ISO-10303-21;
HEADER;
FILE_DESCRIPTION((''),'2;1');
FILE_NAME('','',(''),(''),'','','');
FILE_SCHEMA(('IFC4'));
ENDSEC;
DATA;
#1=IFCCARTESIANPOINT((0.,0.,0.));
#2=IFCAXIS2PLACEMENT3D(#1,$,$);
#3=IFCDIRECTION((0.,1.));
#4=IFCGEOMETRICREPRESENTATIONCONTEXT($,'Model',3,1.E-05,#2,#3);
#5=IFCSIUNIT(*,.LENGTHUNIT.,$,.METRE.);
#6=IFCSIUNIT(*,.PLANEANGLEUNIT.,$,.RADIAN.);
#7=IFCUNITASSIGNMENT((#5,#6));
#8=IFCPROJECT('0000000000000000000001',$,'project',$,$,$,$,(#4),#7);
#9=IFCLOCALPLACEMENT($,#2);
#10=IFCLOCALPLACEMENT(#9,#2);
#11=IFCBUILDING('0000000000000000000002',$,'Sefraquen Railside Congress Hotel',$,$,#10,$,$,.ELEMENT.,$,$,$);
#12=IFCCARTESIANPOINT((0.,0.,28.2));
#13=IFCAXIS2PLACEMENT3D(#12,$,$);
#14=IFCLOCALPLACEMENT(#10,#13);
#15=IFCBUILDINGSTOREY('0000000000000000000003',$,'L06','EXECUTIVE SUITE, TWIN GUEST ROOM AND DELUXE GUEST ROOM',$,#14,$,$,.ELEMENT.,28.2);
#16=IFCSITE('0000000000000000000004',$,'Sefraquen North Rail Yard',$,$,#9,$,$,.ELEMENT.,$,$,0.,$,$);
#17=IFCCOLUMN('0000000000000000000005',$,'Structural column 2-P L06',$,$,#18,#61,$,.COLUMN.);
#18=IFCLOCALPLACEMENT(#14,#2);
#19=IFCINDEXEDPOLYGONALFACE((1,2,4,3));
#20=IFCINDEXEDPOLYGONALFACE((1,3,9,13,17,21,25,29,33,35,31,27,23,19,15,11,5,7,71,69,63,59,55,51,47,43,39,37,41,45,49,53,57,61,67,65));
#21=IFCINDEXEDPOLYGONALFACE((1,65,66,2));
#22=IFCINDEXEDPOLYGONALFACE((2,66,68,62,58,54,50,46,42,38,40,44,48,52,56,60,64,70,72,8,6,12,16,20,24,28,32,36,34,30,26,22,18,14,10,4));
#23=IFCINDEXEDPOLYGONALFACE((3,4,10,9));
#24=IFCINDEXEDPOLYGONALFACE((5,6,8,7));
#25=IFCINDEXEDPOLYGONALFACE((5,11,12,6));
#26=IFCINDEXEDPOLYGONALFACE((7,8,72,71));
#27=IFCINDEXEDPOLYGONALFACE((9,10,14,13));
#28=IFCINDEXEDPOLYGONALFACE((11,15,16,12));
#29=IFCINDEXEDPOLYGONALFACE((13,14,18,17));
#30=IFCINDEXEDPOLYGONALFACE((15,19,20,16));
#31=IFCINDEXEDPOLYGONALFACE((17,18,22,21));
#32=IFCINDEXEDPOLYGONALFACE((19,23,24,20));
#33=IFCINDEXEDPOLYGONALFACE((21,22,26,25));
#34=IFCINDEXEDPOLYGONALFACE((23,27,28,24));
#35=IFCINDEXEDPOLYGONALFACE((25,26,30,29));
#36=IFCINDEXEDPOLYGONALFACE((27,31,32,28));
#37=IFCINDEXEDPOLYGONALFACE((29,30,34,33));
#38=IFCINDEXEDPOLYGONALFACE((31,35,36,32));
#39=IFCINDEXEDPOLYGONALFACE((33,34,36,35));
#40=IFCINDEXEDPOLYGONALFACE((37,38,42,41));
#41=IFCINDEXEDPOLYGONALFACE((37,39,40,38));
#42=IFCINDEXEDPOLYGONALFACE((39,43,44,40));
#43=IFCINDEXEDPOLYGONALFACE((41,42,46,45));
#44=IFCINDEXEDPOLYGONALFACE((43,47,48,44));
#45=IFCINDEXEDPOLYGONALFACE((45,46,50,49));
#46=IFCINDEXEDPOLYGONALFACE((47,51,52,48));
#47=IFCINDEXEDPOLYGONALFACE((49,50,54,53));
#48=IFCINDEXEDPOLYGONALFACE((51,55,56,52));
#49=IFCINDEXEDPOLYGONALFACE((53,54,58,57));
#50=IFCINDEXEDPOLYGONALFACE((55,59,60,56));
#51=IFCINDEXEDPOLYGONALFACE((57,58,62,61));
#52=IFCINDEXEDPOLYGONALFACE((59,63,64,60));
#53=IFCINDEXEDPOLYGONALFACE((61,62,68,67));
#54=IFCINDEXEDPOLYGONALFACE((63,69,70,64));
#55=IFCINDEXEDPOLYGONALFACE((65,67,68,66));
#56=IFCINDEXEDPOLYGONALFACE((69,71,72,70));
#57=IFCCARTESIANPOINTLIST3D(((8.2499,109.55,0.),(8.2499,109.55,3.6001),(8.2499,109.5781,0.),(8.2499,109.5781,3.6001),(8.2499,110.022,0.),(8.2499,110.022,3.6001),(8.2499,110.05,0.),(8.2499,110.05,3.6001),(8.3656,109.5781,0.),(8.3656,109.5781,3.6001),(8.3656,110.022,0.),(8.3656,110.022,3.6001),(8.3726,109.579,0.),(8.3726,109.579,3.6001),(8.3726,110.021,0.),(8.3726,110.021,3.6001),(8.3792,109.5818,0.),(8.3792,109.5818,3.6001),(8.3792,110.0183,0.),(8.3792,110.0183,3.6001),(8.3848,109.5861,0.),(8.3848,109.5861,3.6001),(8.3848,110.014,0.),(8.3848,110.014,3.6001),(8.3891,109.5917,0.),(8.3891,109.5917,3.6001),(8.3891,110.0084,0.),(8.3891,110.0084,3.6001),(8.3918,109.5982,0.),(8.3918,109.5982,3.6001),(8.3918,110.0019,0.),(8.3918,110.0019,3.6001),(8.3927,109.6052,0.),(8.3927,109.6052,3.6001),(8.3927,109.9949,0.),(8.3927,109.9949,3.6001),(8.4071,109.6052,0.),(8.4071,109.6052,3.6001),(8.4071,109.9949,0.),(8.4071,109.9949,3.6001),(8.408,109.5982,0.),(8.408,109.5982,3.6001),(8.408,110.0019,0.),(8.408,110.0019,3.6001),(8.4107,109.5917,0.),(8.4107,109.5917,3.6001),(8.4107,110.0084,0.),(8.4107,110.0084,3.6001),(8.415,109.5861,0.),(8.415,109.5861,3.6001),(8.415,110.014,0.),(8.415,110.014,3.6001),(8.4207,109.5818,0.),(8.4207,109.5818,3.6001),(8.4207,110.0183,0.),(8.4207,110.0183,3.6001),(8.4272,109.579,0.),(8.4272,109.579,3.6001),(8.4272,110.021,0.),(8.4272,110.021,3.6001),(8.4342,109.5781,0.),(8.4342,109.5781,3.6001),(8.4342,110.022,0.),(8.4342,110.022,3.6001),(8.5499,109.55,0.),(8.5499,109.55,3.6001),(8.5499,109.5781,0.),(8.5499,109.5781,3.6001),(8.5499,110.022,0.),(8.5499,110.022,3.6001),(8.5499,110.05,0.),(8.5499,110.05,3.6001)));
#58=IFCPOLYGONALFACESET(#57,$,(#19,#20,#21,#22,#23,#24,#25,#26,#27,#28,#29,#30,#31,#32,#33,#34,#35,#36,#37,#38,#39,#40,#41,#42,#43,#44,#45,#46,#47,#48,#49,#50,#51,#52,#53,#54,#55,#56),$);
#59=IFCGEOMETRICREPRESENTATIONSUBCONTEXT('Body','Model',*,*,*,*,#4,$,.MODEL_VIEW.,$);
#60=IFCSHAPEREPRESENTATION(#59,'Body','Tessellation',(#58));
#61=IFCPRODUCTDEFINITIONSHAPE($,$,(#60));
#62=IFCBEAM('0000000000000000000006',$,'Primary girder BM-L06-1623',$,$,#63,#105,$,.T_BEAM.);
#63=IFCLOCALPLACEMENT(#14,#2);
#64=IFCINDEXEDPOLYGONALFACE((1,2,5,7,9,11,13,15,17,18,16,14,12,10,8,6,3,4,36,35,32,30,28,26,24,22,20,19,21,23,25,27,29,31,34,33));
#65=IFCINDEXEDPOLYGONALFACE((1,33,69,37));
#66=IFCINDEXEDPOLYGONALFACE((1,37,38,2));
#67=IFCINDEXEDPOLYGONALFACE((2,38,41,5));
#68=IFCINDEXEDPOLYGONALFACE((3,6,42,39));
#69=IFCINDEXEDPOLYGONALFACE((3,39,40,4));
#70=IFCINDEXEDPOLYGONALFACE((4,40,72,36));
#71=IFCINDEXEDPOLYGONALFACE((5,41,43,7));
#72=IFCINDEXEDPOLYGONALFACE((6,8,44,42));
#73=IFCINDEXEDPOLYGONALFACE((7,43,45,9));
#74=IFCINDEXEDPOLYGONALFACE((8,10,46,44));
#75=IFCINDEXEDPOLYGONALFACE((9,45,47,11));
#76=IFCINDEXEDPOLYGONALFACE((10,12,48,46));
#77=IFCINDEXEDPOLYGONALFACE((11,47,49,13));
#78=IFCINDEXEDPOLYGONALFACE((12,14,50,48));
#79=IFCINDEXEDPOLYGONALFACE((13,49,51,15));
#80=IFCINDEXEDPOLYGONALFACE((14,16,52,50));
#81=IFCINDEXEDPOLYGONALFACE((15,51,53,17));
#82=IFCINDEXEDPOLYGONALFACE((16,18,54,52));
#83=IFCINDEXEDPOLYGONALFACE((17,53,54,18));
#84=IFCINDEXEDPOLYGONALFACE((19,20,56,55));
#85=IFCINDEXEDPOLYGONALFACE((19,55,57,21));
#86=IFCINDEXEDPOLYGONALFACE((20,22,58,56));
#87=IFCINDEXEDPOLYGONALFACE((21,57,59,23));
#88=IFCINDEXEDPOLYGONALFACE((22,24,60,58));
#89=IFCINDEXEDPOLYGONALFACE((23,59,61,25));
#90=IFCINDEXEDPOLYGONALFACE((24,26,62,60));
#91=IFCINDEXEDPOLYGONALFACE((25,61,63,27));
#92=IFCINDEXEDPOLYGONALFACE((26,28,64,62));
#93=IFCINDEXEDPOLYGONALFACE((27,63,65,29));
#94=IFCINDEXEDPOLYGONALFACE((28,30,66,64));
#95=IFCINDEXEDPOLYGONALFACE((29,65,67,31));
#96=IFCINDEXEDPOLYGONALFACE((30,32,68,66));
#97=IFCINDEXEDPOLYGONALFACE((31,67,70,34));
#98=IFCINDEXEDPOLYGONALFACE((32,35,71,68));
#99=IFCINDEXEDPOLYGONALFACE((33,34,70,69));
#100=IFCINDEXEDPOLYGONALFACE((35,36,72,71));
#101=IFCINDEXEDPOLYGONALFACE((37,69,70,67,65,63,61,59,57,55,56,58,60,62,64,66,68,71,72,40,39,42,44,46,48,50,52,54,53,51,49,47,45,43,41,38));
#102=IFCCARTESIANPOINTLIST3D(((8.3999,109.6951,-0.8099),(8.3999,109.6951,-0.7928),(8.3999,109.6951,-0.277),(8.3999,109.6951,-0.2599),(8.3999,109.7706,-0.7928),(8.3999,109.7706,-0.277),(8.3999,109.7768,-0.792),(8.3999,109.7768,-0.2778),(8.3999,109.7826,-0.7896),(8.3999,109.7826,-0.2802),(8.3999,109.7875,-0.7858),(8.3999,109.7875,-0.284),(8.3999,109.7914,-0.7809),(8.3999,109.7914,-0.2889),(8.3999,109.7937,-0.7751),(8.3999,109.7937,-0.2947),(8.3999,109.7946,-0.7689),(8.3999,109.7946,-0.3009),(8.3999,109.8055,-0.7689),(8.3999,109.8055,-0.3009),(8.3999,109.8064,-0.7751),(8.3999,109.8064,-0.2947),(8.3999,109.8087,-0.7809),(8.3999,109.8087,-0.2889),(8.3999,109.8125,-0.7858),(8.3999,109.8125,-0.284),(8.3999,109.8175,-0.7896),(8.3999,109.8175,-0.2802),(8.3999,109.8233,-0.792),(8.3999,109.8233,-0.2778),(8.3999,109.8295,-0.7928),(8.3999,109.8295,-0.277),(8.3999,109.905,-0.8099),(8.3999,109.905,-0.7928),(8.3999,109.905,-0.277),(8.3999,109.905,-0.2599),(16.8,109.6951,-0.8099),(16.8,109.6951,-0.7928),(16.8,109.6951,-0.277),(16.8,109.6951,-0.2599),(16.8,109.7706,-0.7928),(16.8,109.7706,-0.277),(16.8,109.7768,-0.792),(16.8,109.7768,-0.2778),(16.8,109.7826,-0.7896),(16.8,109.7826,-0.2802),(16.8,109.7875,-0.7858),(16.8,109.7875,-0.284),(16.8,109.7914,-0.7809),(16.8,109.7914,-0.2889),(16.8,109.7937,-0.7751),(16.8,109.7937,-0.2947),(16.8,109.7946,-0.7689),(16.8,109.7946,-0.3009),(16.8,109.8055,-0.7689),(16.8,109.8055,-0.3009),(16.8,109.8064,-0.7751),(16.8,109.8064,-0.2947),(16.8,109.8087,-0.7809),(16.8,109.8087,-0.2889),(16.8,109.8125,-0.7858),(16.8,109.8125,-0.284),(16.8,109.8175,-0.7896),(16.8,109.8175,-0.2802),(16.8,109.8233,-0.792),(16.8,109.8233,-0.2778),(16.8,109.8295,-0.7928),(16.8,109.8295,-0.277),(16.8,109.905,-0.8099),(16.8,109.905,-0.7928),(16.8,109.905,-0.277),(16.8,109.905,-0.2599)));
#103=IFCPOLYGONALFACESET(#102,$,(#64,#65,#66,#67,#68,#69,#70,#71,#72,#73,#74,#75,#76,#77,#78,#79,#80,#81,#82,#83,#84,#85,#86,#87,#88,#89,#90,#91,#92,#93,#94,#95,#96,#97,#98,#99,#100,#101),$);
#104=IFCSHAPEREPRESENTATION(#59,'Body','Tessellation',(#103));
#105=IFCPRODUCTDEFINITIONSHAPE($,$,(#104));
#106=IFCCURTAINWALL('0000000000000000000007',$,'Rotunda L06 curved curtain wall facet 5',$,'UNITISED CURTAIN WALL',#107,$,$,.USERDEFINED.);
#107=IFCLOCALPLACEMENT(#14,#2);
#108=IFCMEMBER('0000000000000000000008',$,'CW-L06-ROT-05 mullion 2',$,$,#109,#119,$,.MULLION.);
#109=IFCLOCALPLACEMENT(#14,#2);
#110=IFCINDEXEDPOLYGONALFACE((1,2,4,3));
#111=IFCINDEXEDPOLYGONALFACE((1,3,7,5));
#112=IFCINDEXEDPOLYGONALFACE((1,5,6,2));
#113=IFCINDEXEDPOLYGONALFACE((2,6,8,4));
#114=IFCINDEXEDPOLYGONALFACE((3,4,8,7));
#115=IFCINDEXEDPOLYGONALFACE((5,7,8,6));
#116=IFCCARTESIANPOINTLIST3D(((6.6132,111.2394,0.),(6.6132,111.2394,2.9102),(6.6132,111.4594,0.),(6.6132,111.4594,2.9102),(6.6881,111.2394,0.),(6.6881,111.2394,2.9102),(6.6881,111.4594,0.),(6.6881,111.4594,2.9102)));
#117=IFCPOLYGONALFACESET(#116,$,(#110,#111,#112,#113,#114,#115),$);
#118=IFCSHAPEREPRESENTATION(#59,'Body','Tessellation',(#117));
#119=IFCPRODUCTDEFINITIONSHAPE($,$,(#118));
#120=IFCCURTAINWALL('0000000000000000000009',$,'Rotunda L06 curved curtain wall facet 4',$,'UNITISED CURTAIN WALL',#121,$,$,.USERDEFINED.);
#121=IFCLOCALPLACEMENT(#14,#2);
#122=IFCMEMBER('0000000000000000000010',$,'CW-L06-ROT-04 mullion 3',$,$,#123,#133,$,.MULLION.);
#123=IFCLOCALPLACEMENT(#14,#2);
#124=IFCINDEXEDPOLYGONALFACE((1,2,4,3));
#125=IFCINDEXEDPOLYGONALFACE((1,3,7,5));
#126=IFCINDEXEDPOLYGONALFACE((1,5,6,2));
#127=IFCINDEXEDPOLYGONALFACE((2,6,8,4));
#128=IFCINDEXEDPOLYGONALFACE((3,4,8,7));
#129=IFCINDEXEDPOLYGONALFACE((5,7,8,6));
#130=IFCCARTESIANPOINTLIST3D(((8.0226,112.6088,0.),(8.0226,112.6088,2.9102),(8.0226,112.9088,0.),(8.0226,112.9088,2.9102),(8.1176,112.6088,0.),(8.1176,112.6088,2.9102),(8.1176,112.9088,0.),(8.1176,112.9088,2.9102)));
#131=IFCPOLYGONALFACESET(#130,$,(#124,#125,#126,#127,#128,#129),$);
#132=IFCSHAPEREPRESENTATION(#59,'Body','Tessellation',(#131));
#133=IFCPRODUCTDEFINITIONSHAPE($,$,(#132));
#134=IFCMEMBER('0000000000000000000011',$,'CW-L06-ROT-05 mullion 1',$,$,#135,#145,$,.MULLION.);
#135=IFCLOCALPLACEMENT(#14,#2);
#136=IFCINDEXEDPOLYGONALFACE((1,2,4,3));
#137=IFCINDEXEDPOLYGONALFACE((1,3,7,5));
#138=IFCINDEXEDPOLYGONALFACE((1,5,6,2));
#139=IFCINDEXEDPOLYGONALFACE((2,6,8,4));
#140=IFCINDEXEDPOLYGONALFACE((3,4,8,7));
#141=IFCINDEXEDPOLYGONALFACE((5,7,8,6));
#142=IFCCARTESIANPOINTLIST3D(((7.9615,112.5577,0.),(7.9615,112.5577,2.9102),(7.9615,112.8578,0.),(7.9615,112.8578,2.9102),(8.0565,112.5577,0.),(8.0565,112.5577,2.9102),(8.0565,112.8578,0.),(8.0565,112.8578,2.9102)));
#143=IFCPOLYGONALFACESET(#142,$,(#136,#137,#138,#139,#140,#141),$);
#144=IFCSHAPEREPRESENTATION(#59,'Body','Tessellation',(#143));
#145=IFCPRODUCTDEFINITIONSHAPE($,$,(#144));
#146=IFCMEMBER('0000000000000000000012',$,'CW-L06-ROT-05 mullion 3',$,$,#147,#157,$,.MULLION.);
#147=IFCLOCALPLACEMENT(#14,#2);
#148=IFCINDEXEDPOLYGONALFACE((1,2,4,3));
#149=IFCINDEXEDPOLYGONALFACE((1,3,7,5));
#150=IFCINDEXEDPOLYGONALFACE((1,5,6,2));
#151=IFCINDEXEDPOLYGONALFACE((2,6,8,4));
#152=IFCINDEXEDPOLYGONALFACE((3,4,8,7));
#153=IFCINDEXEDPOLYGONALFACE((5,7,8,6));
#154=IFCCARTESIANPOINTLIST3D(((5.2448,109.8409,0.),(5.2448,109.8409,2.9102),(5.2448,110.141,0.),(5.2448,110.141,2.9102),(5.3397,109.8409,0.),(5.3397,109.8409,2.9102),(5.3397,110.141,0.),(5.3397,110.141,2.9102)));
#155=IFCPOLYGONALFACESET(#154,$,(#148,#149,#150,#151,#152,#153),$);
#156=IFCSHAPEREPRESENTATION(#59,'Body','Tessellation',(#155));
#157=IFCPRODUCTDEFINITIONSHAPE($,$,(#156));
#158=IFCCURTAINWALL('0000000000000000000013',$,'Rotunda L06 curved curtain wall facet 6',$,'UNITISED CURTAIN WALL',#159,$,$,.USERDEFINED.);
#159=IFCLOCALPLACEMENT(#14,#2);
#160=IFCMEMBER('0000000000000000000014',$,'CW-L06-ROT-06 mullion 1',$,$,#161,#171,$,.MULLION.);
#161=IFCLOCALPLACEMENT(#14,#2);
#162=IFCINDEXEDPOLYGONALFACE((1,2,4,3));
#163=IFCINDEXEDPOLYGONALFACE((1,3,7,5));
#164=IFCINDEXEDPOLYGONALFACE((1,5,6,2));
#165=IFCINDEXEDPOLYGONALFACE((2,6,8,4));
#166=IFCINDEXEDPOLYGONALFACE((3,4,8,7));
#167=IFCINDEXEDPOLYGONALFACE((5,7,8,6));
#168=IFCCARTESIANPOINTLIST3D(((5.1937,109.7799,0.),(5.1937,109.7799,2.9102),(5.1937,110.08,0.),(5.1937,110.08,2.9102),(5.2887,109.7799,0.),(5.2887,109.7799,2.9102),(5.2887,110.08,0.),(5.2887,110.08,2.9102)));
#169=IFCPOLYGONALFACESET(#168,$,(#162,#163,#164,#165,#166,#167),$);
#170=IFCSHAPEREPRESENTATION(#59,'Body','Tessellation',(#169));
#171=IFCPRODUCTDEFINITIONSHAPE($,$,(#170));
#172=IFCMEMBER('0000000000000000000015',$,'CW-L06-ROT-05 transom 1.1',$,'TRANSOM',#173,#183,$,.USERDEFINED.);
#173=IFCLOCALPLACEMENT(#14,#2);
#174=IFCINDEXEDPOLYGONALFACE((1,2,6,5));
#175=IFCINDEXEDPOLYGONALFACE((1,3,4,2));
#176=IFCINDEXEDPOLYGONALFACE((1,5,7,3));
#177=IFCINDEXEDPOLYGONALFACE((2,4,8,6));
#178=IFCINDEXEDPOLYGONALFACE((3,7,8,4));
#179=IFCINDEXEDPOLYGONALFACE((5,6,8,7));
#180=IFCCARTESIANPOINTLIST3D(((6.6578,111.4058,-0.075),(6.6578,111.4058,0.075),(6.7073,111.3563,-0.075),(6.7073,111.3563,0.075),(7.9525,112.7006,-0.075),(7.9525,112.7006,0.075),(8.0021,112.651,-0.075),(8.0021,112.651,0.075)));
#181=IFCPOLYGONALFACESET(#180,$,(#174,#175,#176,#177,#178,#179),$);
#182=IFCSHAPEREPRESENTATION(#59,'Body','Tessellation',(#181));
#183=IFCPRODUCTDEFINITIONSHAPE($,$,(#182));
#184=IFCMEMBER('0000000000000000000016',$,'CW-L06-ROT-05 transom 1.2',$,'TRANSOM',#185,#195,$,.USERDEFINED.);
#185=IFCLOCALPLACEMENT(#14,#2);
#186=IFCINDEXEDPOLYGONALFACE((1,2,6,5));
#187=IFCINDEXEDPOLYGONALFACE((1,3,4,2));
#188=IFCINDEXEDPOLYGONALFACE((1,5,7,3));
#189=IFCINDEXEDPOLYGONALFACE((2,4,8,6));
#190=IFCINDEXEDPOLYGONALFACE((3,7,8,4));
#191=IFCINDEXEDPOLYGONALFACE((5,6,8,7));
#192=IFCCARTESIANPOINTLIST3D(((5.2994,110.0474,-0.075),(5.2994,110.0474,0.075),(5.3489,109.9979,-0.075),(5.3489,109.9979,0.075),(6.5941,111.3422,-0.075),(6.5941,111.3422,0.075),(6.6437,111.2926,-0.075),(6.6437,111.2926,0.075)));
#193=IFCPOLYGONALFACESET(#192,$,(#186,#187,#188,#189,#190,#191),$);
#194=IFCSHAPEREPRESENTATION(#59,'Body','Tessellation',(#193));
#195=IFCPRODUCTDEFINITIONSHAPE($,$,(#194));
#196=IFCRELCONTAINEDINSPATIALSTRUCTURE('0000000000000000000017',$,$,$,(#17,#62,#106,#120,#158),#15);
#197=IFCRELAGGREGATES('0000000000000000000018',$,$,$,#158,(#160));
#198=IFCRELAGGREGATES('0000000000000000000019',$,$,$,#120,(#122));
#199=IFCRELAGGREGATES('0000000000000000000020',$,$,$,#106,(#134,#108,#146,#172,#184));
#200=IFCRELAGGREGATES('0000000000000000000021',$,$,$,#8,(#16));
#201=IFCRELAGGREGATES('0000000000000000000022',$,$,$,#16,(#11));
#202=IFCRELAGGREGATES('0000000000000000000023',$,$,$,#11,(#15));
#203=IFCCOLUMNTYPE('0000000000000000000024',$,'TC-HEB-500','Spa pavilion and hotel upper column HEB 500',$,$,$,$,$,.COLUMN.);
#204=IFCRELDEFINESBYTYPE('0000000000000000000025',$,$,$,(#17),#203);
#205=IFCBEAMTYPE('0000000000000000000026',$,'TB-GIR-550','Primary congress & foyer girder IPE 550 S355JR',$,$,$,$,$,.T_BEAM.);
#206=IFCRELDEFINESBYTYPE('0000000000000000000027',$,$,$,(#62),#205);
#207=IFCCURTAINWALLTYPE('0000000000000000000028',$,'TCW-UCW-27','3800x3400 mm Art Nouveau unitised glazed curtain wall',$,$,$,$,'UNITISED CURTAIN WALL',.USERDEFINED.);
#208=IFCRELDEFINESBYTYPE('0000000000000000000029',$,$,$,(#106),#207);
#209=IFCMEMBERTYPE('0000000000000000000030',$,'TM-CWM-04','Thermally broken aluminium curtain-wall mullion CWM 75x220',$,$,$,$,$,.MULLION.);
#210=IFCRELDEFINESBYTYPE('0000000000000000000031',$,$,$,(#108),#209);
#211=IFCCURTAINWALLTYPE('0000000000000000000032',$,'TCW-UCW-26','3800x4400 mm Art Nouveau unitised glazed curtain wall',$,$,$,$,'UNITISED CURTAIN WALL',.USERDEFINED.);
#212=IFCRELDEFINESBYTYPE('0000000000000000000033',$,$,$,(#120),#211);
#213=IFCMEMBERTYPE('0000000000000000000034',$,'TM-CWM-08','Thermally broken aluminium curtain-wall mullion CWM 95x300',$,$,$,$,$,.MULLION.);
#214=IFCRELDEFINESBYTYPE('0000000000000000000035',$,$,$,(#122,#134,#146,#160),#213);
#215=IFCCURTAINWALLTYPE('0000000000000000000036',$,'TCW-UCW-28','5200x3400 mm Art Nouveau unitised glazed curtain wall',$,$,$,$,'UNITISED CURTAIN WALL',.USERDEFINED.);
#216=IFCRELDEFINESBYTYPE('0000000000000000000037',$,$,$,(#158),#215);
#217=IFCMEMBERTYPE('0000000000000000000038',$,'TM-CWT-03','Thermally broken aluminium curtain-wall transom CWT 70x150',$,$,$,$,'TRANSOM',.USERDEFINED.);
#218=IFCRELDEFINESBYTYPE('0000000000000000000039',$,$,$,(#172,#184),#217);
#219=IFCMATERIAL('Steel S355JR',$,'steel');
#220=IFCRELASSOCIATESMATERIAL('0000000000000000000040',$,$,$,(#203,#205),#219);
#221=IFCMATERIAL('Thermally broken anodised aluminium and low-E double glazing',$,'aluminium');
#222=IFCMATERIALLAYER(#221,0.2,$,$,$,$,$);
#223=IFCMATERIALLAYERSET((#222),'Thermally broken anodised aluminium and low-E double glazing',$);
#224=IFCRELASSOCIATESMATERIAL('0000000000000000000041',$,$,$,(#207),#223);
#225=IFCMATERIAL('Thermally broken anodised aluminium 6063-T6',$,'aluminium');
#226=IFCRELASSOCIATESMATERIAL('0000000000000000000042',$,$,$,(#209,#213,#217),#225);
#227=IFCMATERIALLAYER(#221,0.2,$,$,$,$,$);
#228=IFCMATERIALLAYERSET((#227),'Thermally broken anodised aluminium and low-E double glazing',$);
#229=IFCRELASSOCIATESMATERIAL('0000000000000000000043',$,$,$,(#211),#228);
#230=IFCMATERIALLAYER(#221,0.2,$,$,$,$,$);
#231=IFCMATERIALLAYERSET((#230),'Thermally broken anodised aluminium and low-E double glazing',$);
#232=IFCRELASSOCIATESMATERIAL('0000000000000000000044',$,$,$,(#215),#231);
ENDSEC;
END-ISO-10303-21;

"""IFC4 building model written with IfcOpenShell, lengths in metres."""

from ifc_helpers import new_model, si_unit, direction, frame, origin, origin_2d, place, context, subcontext, project, spatial, rectangle, i_section, extrude, material, layer, layer_set, material_profile, profile_set, type_object, element, aggregate, save


model = new_model("IFC4")

# Units and contexts
model_context = context("Model", 3, precision=1e-05, world=origin(), true_north=direction((0.0, 1.0)))
body_context = subcontext(model_context, "Body", "Model", "MODEL_VIEW")
ifc_project = project(units=[si_unit("LENGTHUNIT", "METRE"), si_unit("PLANEANGLEUNIT", "RADIAN")], contexts=[model_context])

# Site, building, storey
site_placement = place(None, origin())
site = spatial("IfcSite", under=ifc_project, at=site_placement, Name="Sefraquen North Rail Yard", CompositionType="ELEMENT", RefElevation=0.0)
building_placement = place(site_placement, origin())
building = spatial("IfcBuilding", under=site, at=building_placement, Name="Sefraquen Railside Congress Hotel", CompositionType="ELEMENT")
storey_placement = place(building_placement, frame((0.0, 0.0, 28.2)))
storey = spatial("IfcBuildingStorey", under=building, at=storey_placement, Name="L06", Description="EXECUTIVE SUITE, TWIN GUEST ROOM AND DELUXE GUEST ROOM", CompositionType="ELEMENT", Elevation=28.2)

# Column
ifc_material_1 = material(Name="Steel S355JR", Category="steel")
ifc_material_profile_1 = material_profile(ifc_material_1, i_section(OverallWidth=0.3, OverallDepth=0.5, WebThickness=0.0144, FlangeThickness=0.0281, FilletRadius=0.0271, at=origin_2d()), Name="HEB 500")
ifc_profile_set_1 = profile_set([ifc_material_profile_1], Name="Steel S355JR")
column_type = type_object("IfcColumnType", Name="TC-HEB-500", Description="Spa pavilion and hotel upper column HEB 500", PredefinedType="COLUMN", material=ifc_profile_set_1)
column_placement = place(storey_placement, frame((8.3999, 109.8, 0.0), z_axis=(0.0, 0.0, 1.0), x_axis=(1.0, 0.0, 0.0)))
element("IfcColumn", 1, at=column_placement, inside=storey, type_object=column_type, Name="Structural column 2-P L06", PredefinedType="COLUMN", context=body_context, shape_type="SweptSolid", body=[
    extrude(i_section(OverallWidth=0.3, OverallDepth=0.5, WebThickness=0.0144, FlangeThickness=0.0281, FilletRadius=0.0271, at=origin_2d()), origin(), (0.0, 0.0, 1.0), 3.6001),
])

# Beam
ifc_material_profile_2 = material_profile(ifc_material_1, i_section(OverallWidth=0.21, OverallDepth=0.55, WebThickness=0.011, FlangeThickness=0.0171, FilletRadius=0.0239, at=origin_2d()), Name="IPE 550")
ifc_profile_set_2 = profile_set([ifc_material_profile_2], Name="Steel S355JR")
beam_type = type_object("IfcBeamType", Name="TB-GIR-550", Description="Primary congress & foyer girder IPE 550 S355JR", PredefinedType="T_BEAM", material=ifc_profile_set_2)
beam_placement = place(storey_placement, frame((8.3999, 109.8, -0.5349), z_axis=(1.0, 0.0, 0.0), x_axis=(0.0, 1.0, 0.0)))
element("IfcBeam", 2, at=beam_placement, inside=storey, type_object=beam_type, Name="Primary girder BM-L06-1623", PredefinedType="T_BEAM", context=body_context, shape_type="SweptSolid", body=[
    extrude(i_section(OverallWidth=0.21, OverallDepth=0.55, WebThickness=0.011, FlangeThickness=0.0171, FilletRadius=0.0239, at=origin_2d()), origin(), (0.0, 0.0, 1.0), 8.4001),
])

# Curtain walls, members
ifc_material_2 = material(Name="Thermally broken anodised aluminium and low-E double glazing", Category="aluminium")
ifc_layer_1 = layer(ifc_material_2, 0.2)
ifc_layer_set_1 = layer_set([ifc_layer_1], Name="Thermally broken anodised aluminium and low-E double glazing")
curtain_wall_type_1 = type_object("IfcCurtainWallType", Name="TCW-UCW-27", Description="3800x3400 mm Art Nouveau unitised glazed curtain wall", ElementType="UNITISED CURTAIN WALL", PredefinedType="USERDEFINED", material=ifc_layer_set_1)
curtain_wall_1_placement = place(storey_placement, origin())
curtain_wall_1 = element("IfcCurtainWall", 3, at=curtain_wall_1_placement, inside=storey, type_object=curtain_wall_type_1, Name="Rotunda L06 curved curtain wall facet 5", ObjectType="UNITISED CURTAIN WALL", PredefinedType="USERDEFINED")
ifc_material_3 = material(Name="Thermally broken anodised aluminium 6063-T6", Category="aluminium")
ifc_material_profile_3 = material_profile(ifc_material_3, rectangle(XDim=0.075, YDim=0.22, at=origin_2d()), Name="CWM 75x220")
ifc_profile_set_3 = profile_set([ifc_material_profile_3], Name="Thermally broken anodised aluminium 6063-T6")
member_type_1 = type_object("IfcMemberType", Name="TM-CWM-04", Description="Thermally broken aluminium curtain-wall mullion CWM 75x220", PredefinedType="MULLION", material=ifc_profile_set_3)
member_1_placement = place(storey_placement, frame((6.6506, 111.3494, 0.0), z_axis=(0.0, 0.0, 1.0), x_axis=(1.0, 0.0, 0.0)))
member_1 = element("IfcMember", 4, at=member_1_placement, type_object=member_type_1, Name="CW-L06-ROT-05 mullion 2", PredefinedType="MULLION", context=body_context, shape_type="SweptSolid", body=[
    extrude(rectangle(XDim=0.075, YDim=0.22, at=origin_2d()), origin(), (0.0, 0.0, 1.0), 2.9102),
])
ifc_layer_2 = layer(ifc_material_2, 0.2)
ifc_layer_set_2 = layer_set([ifc_layer_2], Name="Thermally broken anodised aluminium and low-E double glazing")
curtain_wall_type_2 = type_object("IfcCurtainWallType", Name="TCW-UCW-26", Description="3800x4400 mm Art Nouveau unitised glazed curtain wall", ElementType="UNITISED CURTAIN WALL", PredefinedType="USERDEFINED", material=ifc_layer_set_2)
curtain_wall_2_placement = place(storey_placement, origin())
curtain_wall_2 = element("IfcCurtainWall", 5, at=curtain_wall_2_placement, inside=storey, type_object=curtain_wall_type_2, Name="Rotunda L06 curved curtain wall facet 4", ObjectType="UNITISED CURTAIN WALL", PredefinedType="USERDEFINED")
ifc_material_profile_4 = material_profile(ifc_material_3, rectangle(XDim=0.095, YDim=0.3, at=origin_2d()), Name="CWM 95x300")
ifc_profile_set_4 = profile_set([ifc_material_profile_4], Name="Thermally broken anodised aluminium 6063-T6")
member_type_2 = type_object("IfcMemberType", Name="TM-CWM-08", Description="Thermally broken aluminium curtain-wall mullion CWM 95x300", PredefinedType="MULLION", material=ifc_profile_set_4)
member_2_placement = place(storey_placement, frame((8.0701, 112.7588, 0.0), z_axis=(0.0, 0.0, 1.0), x_axis=(1.0, 0.0, 0.0)))
member_2 = element("IfcMember", 6, at=member_2_placement, type_object=member_type_2, Name="CW-L06-ROT-04 mullion 3", PredefinedType="MULLION", context=body_context, shape_type="SweptSolid", body=[
    extrude(rectangle(XDim=0.095, YDim=0.3, at=origin_2d()), origin(), (0.0, 0.0, 1.0), 2.9102),
])

# Members
member_3_placement = place(storey_placement, frame((8.009, 112.7078, 0.0), z_axis=(0.0, 0.0, 1.0), x_axis=(1.0, 0.0, 0.0)))
member_3 = element("IfcMember", 7, at=member_3_placement, type_object=member_type_2, Name="CW-L06-ROT-05 mullion 1", PredefinedType="MULLION", context=body_context, shape_type="SweptSolid", body=[
    extrude(rectangle(XDim=0.095, YDim=0.3, at=origin_2d()), origin(), (0.0, 0.0, 1.0), 2.9102),
])
member_4_placement = place(storey_placement, frame((5.2922, 109.991, 0.0), z_axis=(0.0, 0.0, 1.0), x_axis=(1.0, 0.0, 0.0)))
member_4 = element("IfcMember", 8, at=member_4_placement, type_object=member_type_2, Name="CW-L06-ROT-05 mullion 3", PredefinedType="MULLION", context=body_context, shape_type="SweptSolid", body=[
    extrude(rectangle(XDim=0.095, YDim=0.3, at=origin_2d()), origin(), (0.0, 0.0, 1.0), 2.9102),
])

# Curtain wall, member
ifc_layer_3 = layer(ifc_material_2, 0.2)
ifc_layer_set_3 = layer_set([ifc_layer_3], Name="Thermally broken anodised aluminium and low-E double glazing")
curtain_wall_type_3 = type_object("IfcCurtainWallType", Name="TCW-UCW-28", Description="5200x3400 mm Art Nouveau unitised glazed curtain wall", ElementType="UNITISED CURTAIN WALL", PredefinedType="USERDEFINED", material=ifc_layer_set_3)
curtain_wall_3_placement = place(storey_placement, origin())
curtain_wall_3 = element("IfcCurtainWall", 9, at=curtain_wall_3_placement, inside=storey, type_object=curtain_wall_type_3, Name="Rotunda L06 curved curtain wall facet 6", ObjectType="UNITISED CURTAIN WALL", PredefinedType="USERDEFINED")
member_5_placement = place(storey_placement, frame((5.2412, 109.9299, 0.0), z_axis=(0.0, 0.0, 1.0), x_axis=(1.0, 0.0, 0.0)))
member_5 = element("IfcMember", 10, at=member_5_placement, type_object=member_type_2, Name="CW-L06-ROT-06 mullion 1", PredefinedType="MULLION", context=body_context, shape_type="SweptSolid", body=[
    extrude(rectangle(XDim=0.095, YDim=0.3, at=origin_2d()), origin(), (0.0, 0.0, 1.0), 2.9102),
])

# Members
ifc_material_profile_5 = material_profile(ifc_material_3, rectangle(XDim=0.0701, YDim=0.1499, at=origin_2d()), Name="CWT 70x150")
ifc_profile_set_5 = profile_set([ifc_material_profile_5], Name="Thermally broken anodised aluminium 6063-T6")
member_type_3 = type_object("IfcMemberType", Name="TM-CWT-03", Description="Thermally broken aluminium curtain-wall transom CWT 70x150", ElementType="TRANSOM", PredefinedType="USERDEFINED", material=ifc_profile_set_5)
member_6_placement = place(storey_placement, frame((7.9773, 112.6758, 0.0), z_axis=(-0.707107, -0.707107, 0.0), x_axis=(0.707107, -0.707107, 0.0)))
member_6 = element("IfcMember", 11, at=member_6_placement, type_object=member_type_3, Name="CW-L06-ROT-05 transom 1.1", ObjectType="TRANSOM", PredefinedType="USERDEFINED", context=body_context, shape_type="SweptSolid", body=[
    extrude(rectangle(XDim=0.0701, YDim=0.1499, at=origin_2d()), origin(), (0.0, 0.0, 1.0), 1.8311),
])
member_7_placement = place(storey_placement, frame((6.6189, 111.3174, 0.0), z_axis=(-0.707107, -0.707107, 0.0), x_axis=(0.707107, -0.707107, 0.0)))
member_7 = element("IfcMember", 12, at=member_7_placement, type_object=member_type_3, Name="CW-L06-ROT-05 transom 1.2", ObjectType="TRANSOM", PredefinedType="USERDEFINED", context=body_context, shape_type="SweptSolid", body=[
    extrude(rectangle(XDim=0.0701, YDim=0.1499, at=origin_2d()), origin(), (0.0, 0.0, 1.0), 1.8311),
])
aggregate(curtain_wall_3, [member_5])

aggregate(curtain_wall_2, [member_2])
aggregate(curtain_wall_1, [member_3, member_1, member_4, member_6, member_7])

save(model, "model.ifc")
